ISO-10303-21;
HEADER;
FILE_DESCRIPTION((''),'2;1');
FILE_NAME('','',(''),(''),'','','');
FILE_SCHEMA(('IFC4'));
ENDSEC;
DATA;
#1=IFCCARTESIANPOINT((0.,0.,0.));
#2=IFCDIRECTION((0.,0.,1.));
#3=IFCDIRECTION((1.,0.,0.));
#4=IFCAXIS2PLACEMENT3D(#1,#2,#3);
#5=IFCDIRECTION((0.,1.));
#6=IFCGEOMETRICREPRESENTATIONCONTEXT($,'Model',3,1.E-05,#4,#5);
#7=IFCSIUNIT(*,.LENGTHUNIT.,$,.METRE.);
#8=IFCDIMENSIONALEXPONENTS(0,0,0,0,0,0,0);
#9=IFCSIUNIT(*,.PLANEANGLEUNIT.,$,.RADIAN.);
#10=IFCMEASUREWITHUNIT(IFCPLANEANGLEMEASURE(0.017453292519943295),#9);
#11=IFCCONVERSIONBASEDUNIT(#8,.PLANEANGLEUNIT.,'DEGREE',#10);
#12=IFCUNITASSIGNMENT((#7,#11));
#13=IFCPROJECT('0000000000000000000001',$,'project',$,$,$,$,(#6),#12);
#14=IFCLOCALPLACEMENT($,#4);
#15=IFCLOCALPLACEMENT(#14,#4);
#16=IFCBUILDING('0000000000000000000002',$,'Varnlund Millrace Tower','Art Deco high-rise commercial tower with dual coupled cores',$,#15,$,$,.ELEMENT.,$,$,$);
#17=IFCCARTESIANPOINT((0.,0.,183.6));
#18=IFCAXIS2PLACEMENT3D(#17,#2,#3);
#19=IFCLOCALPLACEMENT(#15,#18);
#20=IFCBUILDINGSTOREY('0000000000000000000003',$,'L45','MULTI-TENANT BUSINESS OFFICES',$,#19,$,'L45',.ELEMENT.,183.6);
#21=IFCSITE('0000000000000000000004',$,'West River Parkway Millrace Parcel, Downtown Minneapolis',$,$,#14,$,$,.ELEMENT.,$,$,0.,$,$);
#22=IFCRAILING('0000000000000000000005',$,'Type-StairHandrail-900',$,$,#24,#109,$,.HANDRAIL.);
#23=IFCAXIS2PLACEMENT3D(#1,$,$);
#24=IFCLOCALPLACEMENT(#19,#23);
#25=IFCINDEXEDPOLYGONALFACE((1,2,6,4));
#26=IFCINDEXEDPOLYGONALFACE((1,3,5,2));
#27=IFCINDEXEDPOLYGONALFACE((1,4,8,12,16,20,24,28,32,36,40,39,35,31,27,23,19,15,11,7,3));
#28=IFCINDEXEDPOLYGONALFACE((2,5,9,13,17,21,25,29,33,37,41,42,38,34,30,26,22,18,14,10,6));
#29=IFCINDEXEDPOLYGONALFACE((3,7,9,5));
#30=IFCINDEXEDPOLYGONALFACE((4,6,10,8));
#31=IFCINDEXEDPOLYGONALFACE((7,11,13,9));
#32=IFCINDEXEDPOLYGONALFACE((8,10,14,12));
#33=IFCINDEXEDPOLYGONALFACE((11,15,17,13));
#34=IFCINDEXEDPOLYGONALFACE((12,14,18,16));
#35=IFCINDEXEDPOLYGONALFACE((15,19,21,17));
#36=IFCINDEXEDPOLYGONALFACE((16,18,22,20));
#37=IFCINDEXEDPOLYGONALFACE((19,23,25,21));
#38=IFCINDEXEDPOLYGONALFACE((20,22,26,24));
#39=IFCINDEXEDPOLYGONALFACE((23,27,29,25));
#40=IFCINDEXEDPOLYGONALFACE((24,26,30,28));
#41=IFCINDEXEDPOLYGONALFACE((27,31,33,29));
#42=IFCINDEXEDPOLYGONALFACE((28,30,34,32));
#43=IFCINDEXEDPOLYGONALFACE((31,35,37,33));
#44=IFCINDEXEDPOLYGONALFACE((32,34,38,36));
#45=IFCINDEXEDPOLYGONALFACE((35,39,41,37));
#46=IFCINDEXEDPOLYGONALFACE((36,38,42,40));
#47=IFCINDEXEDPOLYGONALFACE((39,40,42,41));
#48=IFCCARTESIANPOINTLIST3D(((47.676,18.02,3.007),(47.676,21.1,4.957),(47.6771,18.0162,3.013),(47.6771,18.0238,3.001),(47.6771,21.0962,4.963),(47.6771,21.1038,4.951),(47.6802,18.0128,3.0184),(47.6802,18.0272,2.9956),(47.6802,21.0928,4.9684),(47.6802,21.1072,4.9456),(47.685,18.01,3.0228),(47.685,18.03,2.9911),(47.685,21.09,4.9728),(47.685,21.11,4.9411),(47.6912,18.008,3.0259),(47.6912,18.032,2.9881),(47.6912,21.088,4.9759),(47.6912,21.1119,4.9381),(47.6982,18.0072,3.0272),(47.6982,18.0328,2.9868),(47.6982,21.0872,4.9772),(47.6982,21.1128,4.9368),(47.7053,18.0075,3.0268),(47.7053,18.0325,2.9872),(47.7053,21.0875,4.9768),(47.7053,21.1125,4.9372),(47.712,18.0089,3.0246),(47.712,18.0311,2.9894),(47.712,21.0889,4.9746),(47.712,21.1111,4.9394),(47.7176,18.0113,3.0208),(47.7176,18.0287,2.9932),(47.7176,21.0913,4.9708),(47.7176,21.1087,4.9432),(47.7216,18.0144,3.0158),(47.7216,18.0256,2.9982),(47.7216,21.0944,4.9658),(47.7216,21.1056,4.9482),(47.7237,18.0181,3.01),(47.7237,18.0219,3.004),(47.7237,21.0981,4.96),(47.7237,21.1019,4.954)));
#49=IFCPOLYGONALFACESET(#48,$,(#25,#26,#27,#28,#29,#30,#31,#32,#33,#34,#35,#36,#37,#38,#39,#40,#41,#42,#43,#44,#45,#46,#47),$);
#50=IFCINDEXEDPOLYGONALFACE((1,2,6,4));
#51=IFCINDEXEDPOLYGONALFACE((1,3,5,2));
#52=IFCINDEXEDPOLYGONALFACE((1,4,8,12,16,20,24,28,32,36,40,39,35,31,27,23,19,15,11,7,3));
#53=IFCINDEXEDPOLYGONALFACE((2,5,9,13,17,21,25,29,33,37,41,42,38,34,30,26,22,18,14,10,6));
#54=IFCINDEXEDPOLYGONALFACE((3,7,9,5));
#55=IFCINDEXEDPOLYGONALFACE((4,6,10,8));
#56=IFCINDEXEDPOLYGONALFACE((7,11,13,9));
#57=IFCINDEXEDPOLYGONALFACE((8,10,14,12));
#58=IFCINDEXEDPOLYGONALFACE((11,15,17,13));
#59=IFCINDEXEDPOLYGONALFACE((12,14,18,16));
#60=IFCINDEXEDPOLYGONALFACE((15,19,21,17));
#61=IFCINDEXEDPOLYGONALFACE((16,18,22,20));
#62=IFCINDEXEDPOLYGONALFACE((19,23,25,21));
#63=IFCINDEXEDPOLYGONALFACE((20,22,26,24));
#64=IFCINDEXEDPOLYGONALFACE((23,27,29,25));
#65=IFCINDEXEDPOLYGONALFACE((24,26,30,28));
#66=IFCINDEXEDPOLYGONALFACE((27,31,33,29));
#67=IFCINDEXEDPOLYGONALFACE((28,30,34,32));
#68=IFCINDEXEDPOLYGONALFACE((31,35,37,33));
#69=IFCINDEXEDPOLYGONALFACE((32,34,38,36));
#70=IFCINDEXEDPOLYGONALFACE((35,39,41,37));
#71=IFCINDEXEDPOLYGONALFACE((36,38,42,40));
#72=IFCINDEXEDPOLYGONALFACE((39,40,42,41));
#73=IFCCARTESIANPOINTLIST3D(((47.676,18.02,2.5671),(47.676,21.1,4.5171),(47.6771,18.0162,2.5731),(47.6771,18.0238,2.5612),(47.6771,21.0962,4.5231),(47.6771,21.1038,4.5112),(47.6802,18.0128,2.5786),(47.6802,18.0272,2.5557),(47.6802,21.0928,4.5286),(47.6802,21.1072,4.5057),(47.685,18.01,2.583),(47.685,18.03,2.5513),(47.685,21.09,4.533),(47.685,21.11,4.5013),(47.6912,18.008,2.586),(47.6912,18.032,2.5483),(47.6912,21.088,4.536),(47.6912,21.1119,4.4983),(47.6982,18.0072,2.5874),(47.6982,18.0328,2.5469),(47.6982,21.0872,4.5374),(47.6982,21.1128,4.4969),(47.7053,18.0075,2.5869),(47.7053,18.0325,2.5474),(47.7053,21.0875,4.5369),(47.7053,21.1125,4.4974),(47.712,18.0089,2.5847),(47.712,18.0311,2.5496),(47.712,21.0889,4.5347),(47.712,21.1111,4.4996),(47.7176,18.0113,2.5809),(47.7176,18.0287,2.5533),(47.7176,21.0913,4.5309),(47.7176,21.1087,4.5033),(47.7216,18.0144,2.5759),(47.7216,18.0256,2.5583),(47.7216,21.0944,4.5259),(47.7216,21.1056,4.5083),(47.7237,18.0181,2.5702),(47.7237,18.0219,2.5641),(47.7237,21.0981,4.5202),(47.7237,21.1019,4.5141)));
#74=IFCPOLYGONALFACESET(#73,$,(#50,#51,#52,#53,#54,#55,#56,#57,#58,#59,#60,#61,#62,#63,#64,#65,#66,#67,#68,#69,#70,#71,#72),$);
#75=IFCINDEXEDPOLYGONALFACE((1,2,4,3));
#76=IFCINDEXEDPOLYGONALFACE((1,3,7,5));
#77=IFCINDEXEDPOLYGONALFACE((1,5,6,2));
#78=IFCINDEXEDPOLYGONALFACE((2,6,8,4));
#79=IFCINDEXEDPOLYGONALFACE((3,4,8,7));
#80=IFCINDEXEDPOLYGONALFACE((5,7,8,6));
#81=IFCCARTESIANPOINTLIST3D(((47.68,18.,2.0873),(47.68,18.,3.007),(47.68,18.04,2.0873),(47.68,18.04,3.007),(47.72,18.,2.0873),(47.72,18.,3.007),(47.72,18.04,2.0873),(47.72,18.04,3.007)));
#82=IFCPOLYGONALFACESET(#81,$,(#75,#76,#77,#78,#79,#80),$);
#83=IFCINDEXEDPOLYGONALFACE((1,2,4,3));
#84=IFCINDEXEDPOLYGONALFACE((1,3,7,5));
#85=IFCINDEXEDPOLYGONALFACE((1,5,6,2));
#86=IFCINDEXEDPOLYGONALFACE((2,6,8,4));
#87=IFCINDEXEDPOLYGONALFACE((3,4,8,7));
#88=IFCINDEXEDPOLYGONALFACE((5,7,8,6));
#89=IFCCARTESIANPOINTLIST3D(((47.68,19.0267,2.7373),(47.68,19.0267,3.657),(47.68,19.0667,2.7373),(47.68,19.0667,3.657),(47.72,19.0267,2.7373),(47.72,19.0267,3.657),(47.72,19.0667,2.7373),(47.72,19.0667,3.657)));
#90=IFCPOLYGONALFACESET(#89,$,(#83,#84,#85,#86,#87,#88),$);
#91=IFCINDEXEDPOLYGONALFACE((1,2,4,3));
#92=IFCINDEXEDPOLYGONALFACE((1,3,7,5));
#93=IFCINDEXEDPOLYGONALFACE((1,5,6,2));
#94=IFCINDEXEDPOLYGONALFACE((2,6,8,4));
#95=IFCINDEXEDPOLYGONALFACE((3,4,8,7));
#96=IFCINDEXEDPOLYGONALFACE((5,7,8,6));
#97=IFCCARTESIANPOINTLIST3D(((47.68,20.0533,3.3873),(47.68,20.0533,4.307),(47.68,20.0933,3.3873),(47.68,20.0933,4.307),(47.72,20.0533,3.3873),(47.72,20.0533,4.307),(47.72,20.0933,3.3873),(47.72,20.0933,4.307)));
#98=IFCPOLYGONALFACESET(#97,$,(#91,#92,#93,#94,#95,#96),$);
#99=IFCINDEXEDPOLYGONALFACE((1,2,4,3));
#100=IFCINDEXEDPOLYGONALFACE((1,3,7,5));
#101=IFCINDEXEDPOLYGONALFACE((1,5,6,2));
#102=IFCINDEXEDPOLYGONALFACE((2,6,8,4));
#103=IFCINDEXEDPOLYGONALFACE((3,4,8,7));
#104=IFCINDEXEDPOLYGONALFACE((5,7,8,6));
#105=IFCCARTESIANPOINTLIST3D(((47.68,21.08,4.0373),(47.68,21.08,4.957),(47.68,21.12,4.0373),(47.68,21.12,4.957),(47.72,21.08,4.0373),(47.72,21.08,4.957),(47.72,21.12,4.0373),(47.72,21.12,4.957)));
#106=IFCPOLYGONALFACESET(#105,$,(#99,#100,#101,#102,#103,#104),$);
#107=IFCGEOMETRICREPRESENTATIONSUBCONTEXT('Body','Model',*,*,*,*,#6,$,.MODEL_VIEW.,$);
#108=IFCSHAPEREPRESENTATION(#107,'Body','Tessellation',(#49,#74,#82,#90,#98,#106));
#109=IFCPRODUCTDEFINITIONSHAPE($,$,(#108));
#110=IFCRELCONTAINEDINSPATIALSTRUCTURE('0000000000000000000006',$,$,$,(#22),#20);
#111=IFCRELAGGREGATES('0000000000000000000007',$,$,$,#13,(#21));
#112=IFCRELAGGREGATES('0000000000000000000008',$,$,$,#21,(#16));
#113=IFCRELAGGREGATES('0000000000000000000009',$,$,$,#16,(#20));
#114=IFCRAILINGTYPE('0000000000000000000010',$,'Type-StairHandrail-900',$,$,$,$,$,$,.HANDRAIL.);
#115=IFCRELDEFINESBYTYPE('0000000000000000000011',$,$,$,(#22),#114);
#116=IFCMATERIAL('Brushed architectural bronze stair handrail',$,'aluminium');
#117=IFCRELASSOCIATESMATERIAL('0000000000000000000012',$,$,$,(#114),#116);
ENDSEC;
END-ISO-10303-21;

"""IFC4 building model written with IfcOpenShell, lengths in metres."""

from ifc_helpers import new_model, entity, si_unit, converted_unit, direction, frame, origin_with_axes, origin_2d_with_axis, place, context, subcontext, project, spatial, rectangle, circle, extrude, material, type_object, element, save


model = new_model("IFC4")

# Units and contexts
model_context = context("Model", 3, precision=1e-05, world=origin_with_axes(), true_north=direction((0.0, 1.0)))
body_context = subcontext(model_context, "Body", "Model", "MODEL_VIEW")
ifc_project = project(units=[si_unit("LENGTHUNIT", "METRE"), converted_unit("PLANEANGLEUNIT", "DEGREE", entity("IfcPlaneAngleMeasure", 0.017453292519943295), si_unit("PLANEANGLEUNIT", "RADIAN"), dimensions=[0, 0, 0, 0, 0, 0, 0])], contexts=[model_context])

# Site, building, storey
site_placement = place(None, origin_with_axes())
site = spatial("IfcSite", under=ifc_project, at=site_placement, Name="West River Parkway Millrace Parcel, Downtown Minneapolis", CompositionType="ELEMENT", RefElevation=0.0)
building_placement = place(site_placement, origin_with_axes())
building = spatial("IfcBuilding", under=site, at=building_placement, Name="Varnlund Millrace Tower", Description="Art Deco high-rise commercial tower with dual coupled cores", CompositionType="ELEMENT")
storey_placement = place(building_placement, frame((0.0, 0.0, 183.6), z_axis=(0.0, 0.0, 1.0), x_axis=(1.0, 0.0, 0.0)))
storey = spatial("IfcBuildingStorey", under=building, at=storey_placement, Name="L45", Description="MULTI-TENANT BUSINESS OFFICES", LongName="L45", CompositionType="ELEMENT", Elevation=183.6)

# Railing
ifc_material_1 = material(Name="Brushed architectural bronze stair handrail", Category="aluminium")
railing_type_1 = type_object("IfcRailingType", Name="Type-StairHandrail-900", PredefinedType="HANDRAIL", material=ifc_material_1)
railing_1_placement = place(storey_placement, frame((0.0, 0.0, -183.6), z_axis=(0.0, 0.0, 1.0), x_axis=(1.0, 0.0, 0.0)))
element("IfcRailing", 1, at=railing_1_placement, inside=storey, type_object=railing_type_1, Name="Type-StairHandrail-900", PredefinedType="HANDRAIL", context=body_context, shape_type="SweptSolid", body=[
    extrude(circle(Radius=0.024, at=origin_2d_with_axis()), frame((47.7, 18.02, 186.607), z_axis=(0.0, 0.844902, 0.534922), x_axis=(-1.0, 0.0, 0.0)), (0.0, 0.0, 1.0), 3.6454),
    extrude(circle(Radius=0.024, at=origin_2d_with_axis()), frame((47.7, 18.02, 186.1671), z_axis=(0.0, 0.844902, 0.534922), x_axis=(-1.0, 0.0, 0.0)), (0.0, 0.0, 1.0), 3.6454),
    extrude(rectangle(XDim=0.04, YDim=0.04, at=origin_2d_with_axis()), frame((47.7, 18.02, 185.6873), z_axis=(0.0, 0.0, 1.0), x_axis=(1.0, 0.0, 0.0)), (0.0, 0.0, 1.0), 0.9197),
    extrude(rectangle(XDim=0.04, YDim=0.04, at=origin_2d_with_axis()), frame((47.7, 19.0467, 186.3373), z_axis=(0.0, 0.0, 1.0), x_axis=(1.0, 0.0, 0.0)), (0.0, 0.0, 1.0), 0.9197),
    extrude(rectangle(XDim=0.04, YDim=0.04, at=origin_2d_with_axis()), frame((47.7, 20.0733, 186.9873), z_axis=(0.0, 0.0, 1.0), x_axis=(1.0, 0.0, 0.0)), (0.0, 0.0, 1.0), 0.9197),
    extrude(rectangle(XDim=0.04, YDim=0.04, at=origin_2d_with_axis()), frame((47.7, 21.1, 187.6373), z_axis=(0.0, 0.0, 1.0), x_axis=(1.0, 0.0, 0.0)), (0.0, 0.0, 1.0), 0.9197),
])

save(model, "model.ifc")
